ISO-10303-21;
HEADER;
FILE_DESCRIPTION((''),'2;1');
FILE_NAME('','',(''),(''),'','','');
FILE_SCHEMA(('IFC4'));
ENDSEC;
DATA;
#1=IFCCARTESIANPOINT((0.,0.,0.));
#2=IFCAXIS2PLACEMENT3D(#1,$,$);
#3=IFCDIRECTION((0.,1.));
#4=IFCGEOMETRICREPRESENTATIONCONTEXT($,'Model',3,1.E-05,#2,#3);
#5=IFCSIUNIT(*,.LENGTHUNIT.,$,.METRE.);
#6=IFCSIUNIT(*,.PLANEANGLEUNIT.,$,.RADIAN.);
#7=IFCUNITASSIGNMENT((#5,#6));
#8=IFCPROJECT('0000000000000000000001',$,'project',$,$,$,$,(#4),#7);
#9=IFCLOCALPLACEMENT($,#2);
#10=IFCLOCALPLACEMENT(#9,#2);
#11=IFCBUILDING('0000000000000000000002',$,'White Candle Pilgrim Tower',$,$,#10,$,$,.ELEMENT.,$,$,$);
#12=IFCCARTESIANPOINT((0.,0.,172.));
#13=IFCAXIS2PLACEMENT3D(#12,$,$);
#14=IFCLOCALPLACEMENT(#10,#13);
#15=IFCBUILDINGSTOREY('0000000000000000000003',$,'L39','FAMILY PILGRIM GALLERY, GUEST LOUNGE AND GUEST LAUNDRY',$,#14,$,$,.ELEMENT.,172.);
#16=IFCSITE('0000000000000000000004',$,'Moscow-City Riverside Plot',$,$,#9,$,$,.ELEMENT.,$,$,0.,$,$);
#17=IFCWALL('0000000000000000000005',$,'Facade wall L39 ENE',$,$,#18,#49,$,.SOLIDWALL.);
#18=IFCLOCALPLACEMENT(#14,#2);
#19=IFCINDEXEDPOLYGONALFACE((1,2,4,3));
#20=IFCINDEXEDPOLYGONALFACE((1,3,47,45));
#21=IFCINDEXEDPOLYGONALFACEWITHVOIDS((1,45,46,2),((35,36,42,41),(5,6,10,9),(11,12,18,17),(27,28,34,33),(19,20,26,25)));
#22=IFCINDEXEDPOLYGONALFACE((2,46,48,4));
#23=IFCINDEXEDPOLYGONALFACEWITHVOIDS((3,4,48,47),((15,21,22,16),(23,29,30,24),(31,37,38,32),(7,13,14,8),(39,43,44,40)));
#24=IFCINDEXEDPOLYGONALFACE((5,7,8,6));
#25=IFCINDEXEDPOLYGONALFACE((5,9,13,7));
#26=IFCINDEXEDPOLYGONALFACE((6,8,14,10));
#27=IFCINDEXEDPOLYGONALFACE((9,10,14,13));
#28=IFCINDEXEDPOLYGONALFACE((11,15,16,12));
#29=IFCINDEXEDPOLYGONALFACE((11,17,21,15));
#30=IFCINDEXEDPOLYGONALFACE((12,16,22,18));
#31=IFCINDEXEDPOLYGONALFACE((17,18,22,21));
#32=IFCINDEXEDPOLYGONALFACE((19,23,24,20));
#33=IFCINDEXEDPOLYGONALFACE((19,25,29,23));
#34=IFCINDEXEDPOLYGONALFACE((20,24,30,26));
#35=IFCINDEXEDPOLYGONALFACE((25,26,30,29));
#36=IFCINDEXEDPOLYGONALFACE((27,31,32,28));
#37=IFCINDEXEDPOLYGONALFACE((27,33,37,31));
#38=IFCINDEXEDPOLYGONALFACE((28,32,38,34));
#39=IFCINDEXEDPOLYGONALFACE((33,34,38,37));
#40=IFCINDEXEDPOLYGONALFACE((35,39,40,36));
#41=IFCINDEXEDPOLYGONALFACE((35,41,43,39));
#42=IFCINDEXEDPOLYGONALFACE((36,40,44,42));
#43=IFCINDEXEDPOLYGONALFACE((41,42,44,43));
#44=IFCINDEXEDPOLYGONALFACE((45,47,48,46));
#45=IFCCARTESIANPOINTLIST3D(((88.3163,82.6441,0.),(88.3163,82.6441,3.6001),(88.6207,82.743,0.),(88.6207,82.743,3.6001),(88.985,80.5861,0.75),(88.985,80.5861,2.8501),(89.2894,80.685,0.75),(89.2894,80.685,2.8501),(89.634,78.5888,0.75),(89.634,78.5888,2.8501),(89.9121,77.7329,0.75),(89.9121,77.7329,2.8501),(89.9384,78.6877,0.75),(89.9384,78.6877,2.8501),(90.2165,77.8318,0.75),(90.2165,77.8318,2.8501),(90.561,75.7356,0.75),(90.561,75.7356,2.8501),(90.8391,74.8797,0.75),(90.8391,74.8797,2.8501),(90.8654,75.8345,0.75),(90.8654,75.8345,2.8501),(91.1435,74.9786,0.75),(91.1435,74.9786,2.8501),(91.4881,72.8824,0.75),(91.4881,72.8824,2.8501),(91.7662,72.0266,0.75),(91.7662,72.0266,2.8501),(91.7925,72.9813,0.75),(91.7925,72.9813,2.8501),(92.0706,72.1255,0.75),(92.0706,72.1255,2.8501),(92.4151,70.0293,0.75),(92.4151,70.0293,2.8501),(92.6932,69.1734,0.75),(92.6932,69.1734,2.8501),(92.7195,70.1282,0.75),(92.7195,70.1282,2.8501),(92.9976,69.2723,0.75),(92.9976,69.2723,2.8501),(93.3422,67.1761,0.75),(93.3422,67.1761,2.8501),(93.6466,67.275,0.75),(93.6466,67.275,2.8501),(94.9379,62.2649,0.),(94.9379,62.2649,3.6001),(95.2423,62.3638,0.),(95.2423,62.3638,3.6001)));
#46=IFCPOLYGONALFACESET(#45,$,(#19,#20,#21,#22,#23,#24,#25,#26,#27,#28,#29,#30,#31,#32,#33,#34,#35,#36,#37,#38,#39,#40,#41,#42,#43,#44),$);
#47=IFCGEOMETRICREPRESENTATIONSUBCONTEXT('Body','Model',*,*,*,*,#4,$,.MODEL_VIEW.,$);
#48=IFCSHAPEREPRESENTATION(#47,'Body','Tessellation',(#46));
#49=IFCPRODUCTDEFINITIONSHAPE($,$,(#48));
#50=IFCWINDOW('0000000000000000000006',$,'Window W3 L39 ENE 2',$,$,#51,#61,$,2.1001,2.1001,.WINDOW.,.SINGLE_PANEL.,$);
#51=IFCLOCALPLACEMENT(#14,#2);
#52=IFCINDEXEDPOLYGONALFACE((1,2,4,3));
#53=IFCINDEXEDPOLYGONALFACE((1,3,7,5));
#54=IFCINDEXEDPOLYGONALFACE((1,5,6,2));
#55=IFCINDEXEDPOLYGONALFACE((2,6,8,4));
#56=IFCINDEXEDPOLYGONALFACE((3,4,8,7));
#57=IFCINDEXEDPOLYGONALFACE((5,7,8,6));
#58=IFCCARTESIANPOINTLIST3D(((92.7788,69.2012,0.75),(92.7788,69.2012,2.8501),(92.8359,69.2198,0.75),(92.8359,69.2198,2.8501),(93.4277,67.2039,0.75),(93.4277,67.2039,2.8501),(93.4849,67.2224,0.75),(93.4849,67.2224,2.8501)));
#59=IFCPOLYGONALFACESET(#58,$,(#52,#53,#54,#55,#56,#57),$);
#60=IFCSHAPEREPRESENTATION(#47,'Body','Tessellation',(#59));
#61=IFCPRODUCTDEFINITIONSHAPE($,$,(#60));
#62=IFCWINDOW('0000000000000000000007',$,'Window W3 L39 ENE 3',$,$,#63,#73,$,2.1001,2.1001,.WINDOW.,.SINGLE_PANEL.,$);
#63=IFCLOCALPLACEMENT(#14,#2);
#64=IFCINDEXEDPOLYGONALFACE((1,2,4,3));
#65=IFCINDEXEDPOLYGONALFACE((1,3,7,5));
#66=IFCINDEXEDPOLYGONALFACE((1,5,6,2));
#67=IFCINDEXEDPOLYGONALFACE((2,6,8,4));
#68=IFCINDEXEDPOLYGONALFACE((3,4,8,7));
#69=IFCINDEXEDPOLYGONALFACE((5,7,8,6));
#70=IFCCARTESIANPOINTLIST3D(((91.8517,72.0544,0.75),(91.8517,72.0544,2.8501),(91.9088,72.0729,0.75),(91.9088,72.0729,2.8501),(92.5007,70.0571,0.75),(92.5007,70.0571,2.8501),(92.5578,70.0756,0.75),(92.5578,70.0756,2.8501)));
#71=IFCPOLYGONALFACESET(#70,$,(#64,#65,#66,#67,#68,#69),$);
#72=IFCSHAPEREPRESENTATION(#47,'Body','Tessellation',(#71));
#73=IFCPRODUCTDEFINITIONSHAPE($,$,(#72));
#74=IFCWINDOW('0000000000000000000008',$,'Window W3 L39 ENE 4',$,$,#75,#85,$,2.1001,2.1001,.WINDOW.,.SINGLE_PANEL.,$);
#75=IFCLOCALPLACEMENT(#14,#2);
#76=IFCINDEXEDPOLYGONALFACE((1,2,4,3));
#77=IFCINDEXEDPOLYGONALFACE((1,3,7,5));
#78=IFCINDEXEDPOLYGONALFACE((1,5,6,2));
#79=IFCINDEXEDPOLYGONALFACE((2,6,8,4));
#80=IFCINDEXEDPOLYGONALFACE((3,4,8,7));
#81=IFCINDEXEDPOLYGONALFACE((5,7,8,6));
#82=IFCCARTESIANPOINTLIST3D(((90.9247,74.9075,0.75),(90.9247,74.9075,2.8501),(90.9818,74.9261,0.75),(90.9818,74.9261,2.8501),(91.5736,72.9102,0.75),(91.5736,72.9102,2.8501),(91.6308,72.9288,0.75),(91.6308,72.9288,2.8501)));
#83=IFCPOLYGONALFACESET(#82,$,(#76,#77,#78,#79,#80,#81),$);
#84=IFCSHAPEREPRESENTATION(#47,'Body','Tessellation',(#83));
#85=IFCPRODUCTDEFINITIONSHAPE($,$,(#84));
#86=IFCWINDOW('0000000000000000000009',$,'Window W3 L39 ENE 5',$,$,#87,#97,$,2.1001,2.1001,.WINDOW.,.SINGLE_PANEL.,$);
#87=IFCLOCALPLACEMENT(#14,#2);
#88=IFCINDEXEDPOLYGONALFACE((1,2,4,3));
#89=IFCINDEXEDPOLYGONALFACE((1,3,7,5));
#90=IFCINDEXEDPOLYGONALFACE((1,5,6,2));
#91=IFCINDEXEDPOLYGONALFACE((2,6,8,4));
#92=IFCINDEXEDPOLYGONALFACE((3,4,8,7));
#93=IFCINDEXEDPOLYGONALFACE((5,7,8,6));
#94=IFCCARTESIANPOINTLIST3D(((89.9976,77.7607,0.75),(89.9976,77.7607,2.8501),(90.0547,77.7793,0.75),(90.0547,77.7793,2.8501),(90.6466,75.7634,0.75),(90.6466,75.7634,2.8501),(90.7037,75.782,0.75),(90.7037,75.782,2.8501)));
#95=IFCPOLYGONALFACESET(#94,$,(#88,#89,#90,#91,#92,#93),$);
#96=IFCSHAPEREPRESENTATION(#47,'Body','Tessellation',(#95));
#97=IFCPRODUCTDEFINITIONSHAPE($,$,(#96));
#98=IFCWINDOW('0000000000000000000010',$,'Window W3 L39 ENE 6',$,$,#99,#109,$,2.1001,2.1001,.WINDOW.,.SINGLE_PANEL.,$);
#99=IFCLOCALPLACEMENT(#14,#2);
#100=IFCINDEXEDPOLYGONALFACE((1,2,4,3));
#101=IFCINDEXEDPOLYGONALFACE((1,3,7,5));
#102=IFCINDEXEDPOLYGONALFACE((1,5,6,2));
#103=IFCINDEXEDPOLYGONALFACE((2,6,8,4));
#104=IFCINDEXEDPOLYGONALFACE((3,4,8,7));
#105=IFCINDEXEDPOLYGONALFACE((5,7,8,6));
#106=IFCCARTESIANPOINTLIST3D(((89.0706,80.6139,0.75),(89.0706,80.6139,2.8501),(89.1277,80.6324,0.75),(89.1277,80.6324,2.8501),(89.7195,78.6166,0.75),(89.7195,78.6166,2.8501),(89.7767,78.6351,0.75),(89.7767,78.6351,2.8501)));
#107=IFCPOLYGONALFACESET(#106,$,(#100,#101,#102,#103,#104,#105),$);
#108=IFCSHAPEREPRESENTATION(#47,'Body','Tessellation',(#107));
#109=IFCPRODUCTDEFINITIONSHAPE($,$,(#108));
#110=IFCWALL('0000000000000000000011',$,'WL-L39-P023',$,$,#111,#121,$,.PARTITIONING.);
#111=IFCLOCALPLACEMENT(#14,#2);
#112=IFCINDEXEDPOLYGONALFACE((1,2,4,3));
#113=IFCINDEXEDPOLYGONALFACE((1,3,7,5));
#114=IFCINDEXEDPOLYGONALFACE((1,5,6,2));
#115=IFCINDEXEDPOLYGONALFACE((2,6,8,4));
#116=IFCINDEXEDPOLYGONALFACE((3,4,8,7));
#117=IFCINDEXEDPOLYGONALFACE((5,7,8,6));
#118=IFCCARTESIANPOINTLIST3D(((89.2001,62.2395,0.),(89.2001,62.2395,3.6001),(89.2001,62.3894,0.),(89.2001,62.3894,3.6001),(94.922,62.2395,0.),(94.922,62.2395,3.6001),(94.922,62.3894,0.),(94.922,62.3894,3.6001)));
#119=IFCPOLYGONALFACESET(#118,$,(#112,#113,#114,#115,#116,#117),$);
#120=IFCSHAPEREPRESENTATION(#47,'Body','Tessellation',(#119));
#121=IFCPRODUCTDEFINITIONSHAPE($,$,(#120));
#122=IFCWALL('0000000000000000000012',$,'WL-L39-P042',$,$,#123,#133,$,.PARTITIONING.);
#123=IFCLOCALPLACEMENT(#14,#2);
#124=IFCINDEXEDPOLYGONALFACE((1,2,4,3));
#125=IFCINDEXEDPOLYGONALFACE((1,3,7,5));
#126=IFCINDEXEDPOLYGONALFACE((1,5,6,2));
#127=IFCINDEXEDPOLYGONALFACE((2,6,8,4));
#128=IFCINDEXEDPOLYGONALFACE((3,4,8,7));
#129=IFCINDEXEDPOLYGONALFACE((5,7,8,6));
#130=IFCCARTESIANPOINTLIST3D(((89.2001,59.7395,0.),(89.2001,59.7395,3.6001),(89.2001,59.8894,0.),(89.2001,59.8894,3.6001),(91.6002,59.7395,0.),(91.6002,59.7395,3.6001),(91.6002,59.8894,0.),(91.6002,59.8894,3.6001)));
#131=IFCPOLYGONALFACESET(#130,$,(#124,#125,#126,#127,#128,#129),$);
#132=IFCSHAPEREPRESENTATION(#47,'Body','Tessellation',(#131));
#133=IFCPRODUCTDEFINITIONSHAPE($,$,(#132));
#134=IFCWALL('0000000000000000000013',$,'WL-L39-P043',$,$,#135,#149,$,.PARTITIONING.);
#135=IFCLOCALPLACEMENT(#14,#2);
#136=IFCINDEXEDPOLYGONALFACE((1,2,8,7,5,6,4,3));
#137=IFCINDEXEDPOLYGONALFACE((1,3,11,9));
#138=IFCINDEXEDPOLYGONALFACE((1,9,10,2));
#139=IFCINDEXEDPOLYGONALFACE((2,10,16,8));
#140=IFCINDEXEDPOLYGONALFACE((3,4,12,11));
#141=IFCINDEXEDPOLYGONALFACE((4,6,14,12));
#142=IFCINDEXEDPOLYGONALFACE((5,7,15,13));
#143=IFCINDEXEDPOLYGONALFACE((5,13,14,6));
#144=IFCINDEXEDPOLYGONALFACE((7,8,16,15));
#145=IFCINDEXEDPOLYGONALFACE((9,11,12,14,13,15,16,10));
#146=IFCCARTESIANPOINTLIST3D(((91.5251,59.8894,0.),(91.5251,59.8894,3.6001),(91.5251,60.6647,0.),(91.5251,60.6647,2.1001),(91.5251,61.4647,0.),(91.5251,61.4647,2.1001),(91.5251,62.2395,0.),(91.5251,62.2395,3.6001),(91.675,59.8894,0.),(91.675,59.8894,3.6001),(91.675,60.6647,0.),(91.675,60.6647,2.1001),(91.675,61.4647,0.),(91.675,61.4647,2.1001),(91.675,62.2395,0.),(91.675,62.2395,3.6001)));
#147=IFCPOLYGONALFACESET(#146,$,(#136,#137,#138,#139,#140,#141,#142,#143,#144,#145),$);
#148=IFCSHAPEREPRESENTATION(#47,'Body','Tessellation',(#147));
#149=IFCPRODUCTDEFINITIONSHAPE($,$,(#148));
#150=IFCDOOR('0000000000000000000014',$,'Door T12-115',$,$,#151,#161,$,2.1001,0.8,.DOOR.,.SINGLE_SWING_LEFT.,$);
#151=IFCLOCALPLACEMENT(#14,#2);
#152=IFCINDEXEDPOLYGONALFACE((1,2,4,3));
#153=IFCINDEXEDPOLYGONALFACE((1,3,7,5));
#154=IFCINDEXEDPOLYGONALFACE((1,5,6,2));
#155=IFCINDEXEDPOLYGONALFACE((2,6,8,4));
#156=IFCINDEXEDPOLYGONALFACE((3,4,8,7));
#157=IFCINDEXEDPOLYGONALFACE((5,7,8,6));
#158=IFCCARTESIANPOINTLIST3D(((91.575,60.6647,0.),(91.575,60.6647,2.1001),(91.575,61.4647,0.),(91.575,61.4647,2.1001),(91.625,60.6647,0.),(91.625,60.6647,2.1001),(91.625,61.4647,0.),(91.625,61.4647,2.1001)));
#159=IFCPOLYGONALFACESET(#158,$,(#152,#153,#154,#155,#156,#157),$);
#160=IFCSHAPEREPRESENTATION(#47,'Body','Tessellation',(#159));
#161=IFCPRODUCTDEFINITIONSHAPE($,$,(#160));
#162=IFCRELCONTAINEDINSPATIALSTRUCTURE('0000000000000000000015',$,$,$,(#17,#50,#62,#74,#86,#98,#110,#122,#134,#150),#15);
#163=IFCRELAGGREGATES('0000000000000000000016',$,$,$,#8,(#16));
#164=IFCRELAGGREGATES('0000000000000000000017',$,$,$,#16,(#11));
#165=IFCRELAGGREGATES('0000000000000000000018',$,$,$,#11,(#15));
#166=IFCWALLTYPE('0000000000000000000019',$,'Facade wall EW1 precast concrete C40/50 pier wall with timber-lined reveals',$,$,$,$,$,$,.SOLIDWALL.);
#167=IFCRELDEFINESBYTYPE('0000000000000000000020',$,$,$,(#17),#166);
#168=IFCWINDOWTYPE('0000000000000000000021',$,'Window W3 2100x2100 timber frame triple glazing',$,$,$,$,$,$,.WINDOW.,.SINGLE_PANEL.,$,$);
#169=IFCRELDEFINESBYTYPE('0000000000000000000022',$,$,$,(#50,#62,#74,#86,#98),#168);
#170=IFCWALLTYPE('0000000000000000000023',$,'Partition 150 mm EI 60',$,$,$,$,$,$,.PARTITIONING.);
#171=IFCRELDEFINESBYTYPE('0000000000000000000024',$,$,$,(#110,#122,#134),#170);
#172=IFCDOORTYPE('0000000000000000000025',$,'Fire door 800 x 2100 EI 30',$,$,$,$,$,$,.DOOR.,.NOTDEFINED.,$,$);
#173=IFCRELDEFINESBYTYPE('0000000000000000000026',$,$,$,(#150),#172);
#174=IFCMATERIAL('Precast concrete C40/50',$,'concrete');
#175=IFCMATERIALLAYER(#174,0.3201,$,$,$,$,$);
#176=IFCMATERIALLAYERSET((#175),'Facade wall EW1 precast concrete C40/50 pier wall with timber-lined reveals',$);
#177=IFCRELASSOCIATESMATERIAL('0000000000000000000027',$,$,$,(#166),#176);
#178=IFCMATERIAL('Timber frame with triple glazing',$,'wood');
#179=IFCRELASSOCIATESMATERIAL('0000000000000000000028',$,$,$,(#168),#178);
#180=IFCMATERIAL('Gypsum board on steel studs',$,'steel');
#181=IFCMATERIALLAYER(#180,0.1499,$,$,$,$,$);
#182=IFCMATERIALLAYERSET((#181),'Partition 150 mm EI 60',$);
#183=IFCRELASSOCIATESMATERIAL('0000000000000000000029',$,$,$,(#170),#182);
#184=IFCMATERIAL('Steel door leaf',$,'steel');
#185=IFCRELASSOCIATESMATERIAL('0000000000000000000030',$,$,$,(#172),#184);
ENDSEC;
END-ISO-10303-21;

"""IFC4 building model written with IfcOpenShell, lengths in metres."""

from ifc_helpers import new_model, si_unit, direction, frame, frame_2d, origin, place, context, subcontext, project, spatial, rectangle, extrude, material, layer, layer_set, type_object, element, fill, save


model = new_model("IFC4")

# Units and contexts
model_context = context("Model", 3, precision=1e-05, world=origin(), true_north=direction((0.0, 1.0)))
body_context = subcontext(model_context, "Body", "Model", "MODEL_VIEW")
ifc_project = project(units=[si_unit("LENGTHUNIT", "METRE"), si_unit("PLANEANGLEUNIT", "RADIAN")], contexts=[model_context])

# Site, building, storey
site_placement = place(None, origin())
site = spatial("IfcSite", under=ifc_project, at=site_placement, Name="Moscow-City Riverside Plot", CompositionType="ELEMENT", RefElevation=0.0)
building_placement = place(site_placement, origin())
building = spatial("IfcBuilding", under=site, at=building_placement, Name="White Candle Pilgrim Tower", CompositionType="ELEMENT")
storey_placement = place(building_placement, frame((0.0, 0.0, 172.0)))
storey = spatial("IfcBuildingStorey", under=building, at=storey_placement, Name="L39", Description="FAMILY PILGRIM GALLERY, GUEST LOUNGE AND GUEST LAUNDRY", CompositionType="ELEMENT", Elevation=172.0)

# Shared definitions
ifc_material_1 = material(Name="Gypsum board on steel studs", Category="steel")
ifc_material_2 = material(Name="Steel door leaf", Category="steel")

# Wall, openings, windows
ifc_material_3 = material(Name="Precast concrete C40/50", Category="concrete")
ifc_layer_1 = layer(ifc_material_3, 0.3201)
ifc_layer_set_1 = layer_set([ifc_layer_1], Name="Facade wall EW1 precast concrete C40/50 pier wall with timber-lined reveals")
wall_type_1 = type_object("IfcWallType", Name="Facade wall EW1 precast concrete C40/50 pier wall with timber-lined reveals", PredefinedType="SOLIDWALL", material=ifc_layer_set_1)
wall_1_placement = place(storey_placement, frame((95.0901, 62.3145, 0.0), z_axis=(0.0, 0.0, 1.0), x_axis=(-0.309017, 0.951057, 0.0)))
wall_1 = element("IfcWall", 1, at=wall_1_placement, inside=storey, type_object=wall_type_1, Name="Facade wall L39 ENE", PredefinedType="SOLIDWALL", context=body_context, shape_type="SweptSolid", body=[
    extrude(rectangle(XDim=21.428, YDim=0.3201, at=frame_2d((10.7139, 0.0))), origin(), (0.0, 0.0, 1.0), 3.6001),
])
opening_1_placement = place(wall_1_placement, frame((5.1638, 0.0, 0.75)))
opening_1 = element("IfcOpeningElement", 2, at=opening_1_placement, cuts=wall_1, PredefinedType="OPENING", context=body_context, shape_type="SweptSolid", body=[
    extrude(rectangle(XDim=2.1001, YDim=2.1001, at=frame_2d((1.05, 1.05))), frame((0.0, 0.1699, 0.0), z_axis=(0.0, -1.0, 0.0), x_axis=(1.0, 0.0, 0.0)), (0.0, 0.0, 1.0), 0.3401),
])
opening_2_placement = place(wall_1_placement, frame((8.1638, 0.0, 0.75)))
opening_2 = element("IfcOpeningElement", 3, at=opening_2_placement, cuts=wall_1, PredefinedType="OPENING", context=body_context, shape_type="SweptSolid", body=[
    extrude(rectangle(XDim=2.1001, YDim=2.1001, at=frame_2d((1.05, 1.05))), frame((0.0, 0.1699, 0.0), z_axis=(0.0, -1.0, 0.0), x_axis=(1.0, 0.0, 0.0)), (0.0, 0.0, 1.0), 0.3401),
])
opening_3_placement = place(wall_1_placement, frame((11.1638, 0.0, 0.75)))
opening_3 = element("IfcOpeningElement", 4, at=opening_3_placement, cuts=wall_1, PredefinedType="OPENING", context=body_context, shape_type="SweptSolid", body=[
    extrude(rectangle(XDim=2.1001, YDim=2.1001, at=frame_2d((1.05, 1.05))), frame((0.0, 0.1699, 0.0), z_axis=(0.0, -1.0, 0.0), x_axis=(1.0, 0.0, 0.0)), (0.0, 0.0, 1.0), 0.3401),
])
opening_4_placement = place(wall_1_placement, frame((14.1638, 0.0, 0.75)))
opening_4 = element("IfcOpeningElement", 5, at=opening_4_placement, cuts=wall_1, PredefinedType="OPENING", context=body_context, shape_type="SweptSolid", body=[
    extrude(rectangle(XDim=2.1001, YDim=2.1001, at=frame_2d((1.05, 1.05))), frame((0.0, 0.1699, 0.0), z_axis=(0.0, -1.0, 0.0), x_axis=(1.0, 0.0, 0.0)), (0.0, 0.0, 1.0), 0.3401),
])
opening_5_placement = place(wall_1_placement, frame((17.1638, 0.0, 0.75)))
opening_5 = element("IfcOpeningElement", 6, at=opening_5_placement, cuts=wall_1, PredefinedType="OPENING", context=body_context, shape_type="SweptSolid", body=[
    extrude(rectangle(XDim=2.1001, YDim=2.1001, at=frame_2d((1.05, 1.05))), frame((0.0, 0.1699, 0.0), z_axis=(0.0, -1.0, 0.0), x_axis=(1.0, 0.0, 0.0)), (0.0, 0.0, 1.0), 0.3401),
])
ifc_material_4 = material(Name="Timber frame with triple glazing", Category="wood")
window_type = type_object("IfcWindowType", Name="Window W3 2100x2100 timber frame triple glazing", PartitioningType="SINGLE_PANEL", PredefinedType="WINDOW", material=ifc_material_4)
window_1_placement = place(opening_1_placement, origin())
window_1 = element("IfcWindow", 7, at=window_1_placement, inside=storey, type_object=window_type, Name="Window W3 L39 ENE 2", OverallHeight=2.1001, OverallWidth=2.1001, PartitioningType="SINGLE_PANEL", PredefinedType="WINDOW", context=body_context, shape_type="SweptSolid", body=[
    extrude(rectangle(XDim=2.1001, YDim=2.1001, at=frame_2d((1.05, 1.05))), frame((0.0, 0.0701, 0.0), z_axis=(0.0, -1.0, 0.0), x_axis=(1.0, 0.0, 0.0)), (0.0, 0.0, 1.0), 0.0601),
])
fill(opening_1, window_1)
window_2_placement = place(opening_2_placement, origin())
window_2 = element("IfcWindow", 8, at=window_2_placement, inside=storey, type_object=window_type, Name="Window W3 L39 ENE 3", OverallHeight=2.1001, OverallWidth=2.1001, PartitioningType="SINGLE_PANEL", PredefinedType="WINDOW", context=body_context, shape_type="SweptSolid", body=[
    extrude(rectangle(XDim=2.1001, YDim=2.1001, at=frame_2d((1.05, 1.05))), frame((0.0, 0.0701, 0.0), z_axis=(0.0, -1.0, 0.0), x_axis=(1.0, 0.0, 0.0)), (0.0, 0.0, 1.0), 0.0601),
])
fill(opening_2, window_2)
window_3_placement = place(opening_3_placement, origin())
window_3 = element("IfcWindow", 9, at=window_3_placement, inside=storey, type_object=window_type, Name="Window W3 L39 ENE 4", OverallHeight=2.1001, OverallWidth=2.1001, PartitioningType="SINGLE_PANEL", PredefinedType="WINDOW", context=body_context, shape_type="SweptSolid", body=[
    extrude(rectangle(XDim=2.1001, YDim=2.1001, at=frame_2d((1.05, 1.05))), frame((0.0, 0.0701, 0.0), z_axis=(0.0, -1.0, 0.0), x_axis=(1.0, 0.0, 0.0)), (0.0, 0.0, 1.0), 0.0601),
])
fill(opening_3, window_3)
window_4_placement = place(opening_4_placement, origin())
window_4 = element("IfcWindow", 10, at=window_4_placement, inside=storey, type_object=window_type, Name="Window W3 L39 ENE 5", OverallHeight=2.1001, OverallWidth=2.1001, PartitioningType="SINGLE_PANEL", PredefinedType="WINDOW", context=body_context, shape_type="SweptSolid", body=[
    extrude(rectangle(XDim=2.1001, YDim=2.1001, at=frame_2d((1.05, 1.05))), frame((0.0, 0.0701, 0.0), z_axis=(0.0, -1.0, 0.0), x_axis=(1.0, 0.0, 0.0)), (0.0, 0.0, 1.0), 0.0601),
])
fill(opening_4, window_4)
window_5_placement = place(opening_5_placement, origin())
window_5 = element("IfcWindow", 11, at=window_5_placement, inside=storey, type_object=window_type, Name="Window W3 L39 ENE 6", OverallHeight=2.1001, OverallWidth=2.1001, PartitioningType="SINGLE_PANEL", PredefinedType="WINDOW", context=body_context, shape_type="SweptSolid", body=[
    extrude(rectangle(XDim=2.1001, YDim=2.1001, at=frame_2d((1.05, 1.05))), frame((0.0, 0.0701, 0.0), z_axis=(0.0, -1.0, 0.0), x_axis=(1.0, 0.0, 0.0)), (0.0, 0.0, 1.0), 0.0601),
])
fill(opening_5, window_5)

# Walls
ifc_layer_2 = layer(ifc_material_1, 0.1499)
ifc_layer_set_2 = layer_set([ifc_layer_2], Name="Partition 150 mm EI 60")
wall_type_2 = type_object("IfcWallType", Name="Partition 150 mm EI 60", PredefinedType="PARTITIONING", material=ifc_layer_set_2)
wall_2_placement = place(storey_placement, frame((94.9219, 62.3145, 0.0), z_axis=(0.0, 0.0, 1.0), x_axis=(-1.0, 0.0, 0.0)))
element("IfcWall", 12, at=wall_2_placement, inside=storey, type_object=wall_type_2, Name="WL-L39-P023", PredefinedType="PARTITIONING", context=body_context, shape_type="SweptSolid", body=[
    extrude(rectangle(XDim=5.7219, YDim=0.1499, at=frame_2d((2.8608, 0.0))), origin(), (0.0, 0.0, 1.0), 3.6001),
])
wall_3_placement = place(storey_placement, frame((89.2, 59.8145, 0.0), z_axis=(0.0, 0.0, 1.0), x_axis=(1.0, 0.0, 0.0)))
element("IfcWall", 13, at=wall_3_placement, inside=storey, type_object=wall_type_2, Name="WL-L39-P042", PredefinedType="PARTITIONING", context=body_context, shape_type="SweptSolid", body=[
    extrude(rectangle(XDim=2.4001, YDim=0.1499, at=frame_2d((1.2002, 0.0))), origin(), (0.0, 0.0, 1.0), 3.6001),
])

# Wall, opening, door
wall_4_placement = place(storey_placement, frame((91.6001, 62.2395, 0.0), z_axis=(0.0, 0.0, 1.0), x_axis=(0.0, -1.0, 0.0)))
wall_4 = element("IfcWall", 14, at=wall_4_placement, inside=storey, type_object=wall_type_2, Name="WL-L39-P043", PredefinedType="PARTITIONING", context=body_context, shape_type="SweptSolid", body=[
    extrude(rectangle(XDim=2.3501, YDim=0.1499, at=frame_2d((1.175, 0.0))), origin(), (0.0, 0.0, 1.0), 3.6001),
])
opening_6_placement = place(wall_4_placement, frame((0.7749, 0.0, 0.0)))
opening_6 = element("IfcOpeningElement", 15, at=opening_6_placement, cuts=wall_4, PredefinedType="OPENING", context=body_context, shape_type="SweptSolid", body=[
    extrude(rectangle(XDim=0.8, YDim=2.1001, at=frame_2d((0.3999, 1.05))), frame((0.0, 0.085, 0.0), z_axis=(0.0, -1.0, 0.0), x_axis=(1.0, 0.0, 0.0)), (0.0, 0.0, 1.0), 0.1699),
])
door_type_1 = type_object("IfcDoorType", Name="Fire door 800 x 2100 EI 30", OperationType="NOTDEFINED", PredefinedType="DOOR", material=ifc_material_2)
door_1_placement = place(opening_6_placement, origin())
door_1 = element("IfcDoor", 16, at=door_1_placement, inside=storey, type_object=door_type_1, Name="Door T12-115", OperationType="SINGLE_SWING_LEFT", OverallHeight=2.1001, OverallWidth=0.8, PredefinedType="DOOR", context=body_context, shape_type="SweptSolid", body=[
    extrude(rectangle(XDim=0.8, YDim=2.1001, at=frame_2d((0.3999, 1.05))), frame((0.0, 0.0249, 0.0), z_axis=(0.0, -1.0, 0.0), x_axis=(1.0, 0.0, 0.0)), (0.0, 0.0, 1.0), 0.05),
])
fill(opening_6, door_1)

save(model, "model.ifc")
